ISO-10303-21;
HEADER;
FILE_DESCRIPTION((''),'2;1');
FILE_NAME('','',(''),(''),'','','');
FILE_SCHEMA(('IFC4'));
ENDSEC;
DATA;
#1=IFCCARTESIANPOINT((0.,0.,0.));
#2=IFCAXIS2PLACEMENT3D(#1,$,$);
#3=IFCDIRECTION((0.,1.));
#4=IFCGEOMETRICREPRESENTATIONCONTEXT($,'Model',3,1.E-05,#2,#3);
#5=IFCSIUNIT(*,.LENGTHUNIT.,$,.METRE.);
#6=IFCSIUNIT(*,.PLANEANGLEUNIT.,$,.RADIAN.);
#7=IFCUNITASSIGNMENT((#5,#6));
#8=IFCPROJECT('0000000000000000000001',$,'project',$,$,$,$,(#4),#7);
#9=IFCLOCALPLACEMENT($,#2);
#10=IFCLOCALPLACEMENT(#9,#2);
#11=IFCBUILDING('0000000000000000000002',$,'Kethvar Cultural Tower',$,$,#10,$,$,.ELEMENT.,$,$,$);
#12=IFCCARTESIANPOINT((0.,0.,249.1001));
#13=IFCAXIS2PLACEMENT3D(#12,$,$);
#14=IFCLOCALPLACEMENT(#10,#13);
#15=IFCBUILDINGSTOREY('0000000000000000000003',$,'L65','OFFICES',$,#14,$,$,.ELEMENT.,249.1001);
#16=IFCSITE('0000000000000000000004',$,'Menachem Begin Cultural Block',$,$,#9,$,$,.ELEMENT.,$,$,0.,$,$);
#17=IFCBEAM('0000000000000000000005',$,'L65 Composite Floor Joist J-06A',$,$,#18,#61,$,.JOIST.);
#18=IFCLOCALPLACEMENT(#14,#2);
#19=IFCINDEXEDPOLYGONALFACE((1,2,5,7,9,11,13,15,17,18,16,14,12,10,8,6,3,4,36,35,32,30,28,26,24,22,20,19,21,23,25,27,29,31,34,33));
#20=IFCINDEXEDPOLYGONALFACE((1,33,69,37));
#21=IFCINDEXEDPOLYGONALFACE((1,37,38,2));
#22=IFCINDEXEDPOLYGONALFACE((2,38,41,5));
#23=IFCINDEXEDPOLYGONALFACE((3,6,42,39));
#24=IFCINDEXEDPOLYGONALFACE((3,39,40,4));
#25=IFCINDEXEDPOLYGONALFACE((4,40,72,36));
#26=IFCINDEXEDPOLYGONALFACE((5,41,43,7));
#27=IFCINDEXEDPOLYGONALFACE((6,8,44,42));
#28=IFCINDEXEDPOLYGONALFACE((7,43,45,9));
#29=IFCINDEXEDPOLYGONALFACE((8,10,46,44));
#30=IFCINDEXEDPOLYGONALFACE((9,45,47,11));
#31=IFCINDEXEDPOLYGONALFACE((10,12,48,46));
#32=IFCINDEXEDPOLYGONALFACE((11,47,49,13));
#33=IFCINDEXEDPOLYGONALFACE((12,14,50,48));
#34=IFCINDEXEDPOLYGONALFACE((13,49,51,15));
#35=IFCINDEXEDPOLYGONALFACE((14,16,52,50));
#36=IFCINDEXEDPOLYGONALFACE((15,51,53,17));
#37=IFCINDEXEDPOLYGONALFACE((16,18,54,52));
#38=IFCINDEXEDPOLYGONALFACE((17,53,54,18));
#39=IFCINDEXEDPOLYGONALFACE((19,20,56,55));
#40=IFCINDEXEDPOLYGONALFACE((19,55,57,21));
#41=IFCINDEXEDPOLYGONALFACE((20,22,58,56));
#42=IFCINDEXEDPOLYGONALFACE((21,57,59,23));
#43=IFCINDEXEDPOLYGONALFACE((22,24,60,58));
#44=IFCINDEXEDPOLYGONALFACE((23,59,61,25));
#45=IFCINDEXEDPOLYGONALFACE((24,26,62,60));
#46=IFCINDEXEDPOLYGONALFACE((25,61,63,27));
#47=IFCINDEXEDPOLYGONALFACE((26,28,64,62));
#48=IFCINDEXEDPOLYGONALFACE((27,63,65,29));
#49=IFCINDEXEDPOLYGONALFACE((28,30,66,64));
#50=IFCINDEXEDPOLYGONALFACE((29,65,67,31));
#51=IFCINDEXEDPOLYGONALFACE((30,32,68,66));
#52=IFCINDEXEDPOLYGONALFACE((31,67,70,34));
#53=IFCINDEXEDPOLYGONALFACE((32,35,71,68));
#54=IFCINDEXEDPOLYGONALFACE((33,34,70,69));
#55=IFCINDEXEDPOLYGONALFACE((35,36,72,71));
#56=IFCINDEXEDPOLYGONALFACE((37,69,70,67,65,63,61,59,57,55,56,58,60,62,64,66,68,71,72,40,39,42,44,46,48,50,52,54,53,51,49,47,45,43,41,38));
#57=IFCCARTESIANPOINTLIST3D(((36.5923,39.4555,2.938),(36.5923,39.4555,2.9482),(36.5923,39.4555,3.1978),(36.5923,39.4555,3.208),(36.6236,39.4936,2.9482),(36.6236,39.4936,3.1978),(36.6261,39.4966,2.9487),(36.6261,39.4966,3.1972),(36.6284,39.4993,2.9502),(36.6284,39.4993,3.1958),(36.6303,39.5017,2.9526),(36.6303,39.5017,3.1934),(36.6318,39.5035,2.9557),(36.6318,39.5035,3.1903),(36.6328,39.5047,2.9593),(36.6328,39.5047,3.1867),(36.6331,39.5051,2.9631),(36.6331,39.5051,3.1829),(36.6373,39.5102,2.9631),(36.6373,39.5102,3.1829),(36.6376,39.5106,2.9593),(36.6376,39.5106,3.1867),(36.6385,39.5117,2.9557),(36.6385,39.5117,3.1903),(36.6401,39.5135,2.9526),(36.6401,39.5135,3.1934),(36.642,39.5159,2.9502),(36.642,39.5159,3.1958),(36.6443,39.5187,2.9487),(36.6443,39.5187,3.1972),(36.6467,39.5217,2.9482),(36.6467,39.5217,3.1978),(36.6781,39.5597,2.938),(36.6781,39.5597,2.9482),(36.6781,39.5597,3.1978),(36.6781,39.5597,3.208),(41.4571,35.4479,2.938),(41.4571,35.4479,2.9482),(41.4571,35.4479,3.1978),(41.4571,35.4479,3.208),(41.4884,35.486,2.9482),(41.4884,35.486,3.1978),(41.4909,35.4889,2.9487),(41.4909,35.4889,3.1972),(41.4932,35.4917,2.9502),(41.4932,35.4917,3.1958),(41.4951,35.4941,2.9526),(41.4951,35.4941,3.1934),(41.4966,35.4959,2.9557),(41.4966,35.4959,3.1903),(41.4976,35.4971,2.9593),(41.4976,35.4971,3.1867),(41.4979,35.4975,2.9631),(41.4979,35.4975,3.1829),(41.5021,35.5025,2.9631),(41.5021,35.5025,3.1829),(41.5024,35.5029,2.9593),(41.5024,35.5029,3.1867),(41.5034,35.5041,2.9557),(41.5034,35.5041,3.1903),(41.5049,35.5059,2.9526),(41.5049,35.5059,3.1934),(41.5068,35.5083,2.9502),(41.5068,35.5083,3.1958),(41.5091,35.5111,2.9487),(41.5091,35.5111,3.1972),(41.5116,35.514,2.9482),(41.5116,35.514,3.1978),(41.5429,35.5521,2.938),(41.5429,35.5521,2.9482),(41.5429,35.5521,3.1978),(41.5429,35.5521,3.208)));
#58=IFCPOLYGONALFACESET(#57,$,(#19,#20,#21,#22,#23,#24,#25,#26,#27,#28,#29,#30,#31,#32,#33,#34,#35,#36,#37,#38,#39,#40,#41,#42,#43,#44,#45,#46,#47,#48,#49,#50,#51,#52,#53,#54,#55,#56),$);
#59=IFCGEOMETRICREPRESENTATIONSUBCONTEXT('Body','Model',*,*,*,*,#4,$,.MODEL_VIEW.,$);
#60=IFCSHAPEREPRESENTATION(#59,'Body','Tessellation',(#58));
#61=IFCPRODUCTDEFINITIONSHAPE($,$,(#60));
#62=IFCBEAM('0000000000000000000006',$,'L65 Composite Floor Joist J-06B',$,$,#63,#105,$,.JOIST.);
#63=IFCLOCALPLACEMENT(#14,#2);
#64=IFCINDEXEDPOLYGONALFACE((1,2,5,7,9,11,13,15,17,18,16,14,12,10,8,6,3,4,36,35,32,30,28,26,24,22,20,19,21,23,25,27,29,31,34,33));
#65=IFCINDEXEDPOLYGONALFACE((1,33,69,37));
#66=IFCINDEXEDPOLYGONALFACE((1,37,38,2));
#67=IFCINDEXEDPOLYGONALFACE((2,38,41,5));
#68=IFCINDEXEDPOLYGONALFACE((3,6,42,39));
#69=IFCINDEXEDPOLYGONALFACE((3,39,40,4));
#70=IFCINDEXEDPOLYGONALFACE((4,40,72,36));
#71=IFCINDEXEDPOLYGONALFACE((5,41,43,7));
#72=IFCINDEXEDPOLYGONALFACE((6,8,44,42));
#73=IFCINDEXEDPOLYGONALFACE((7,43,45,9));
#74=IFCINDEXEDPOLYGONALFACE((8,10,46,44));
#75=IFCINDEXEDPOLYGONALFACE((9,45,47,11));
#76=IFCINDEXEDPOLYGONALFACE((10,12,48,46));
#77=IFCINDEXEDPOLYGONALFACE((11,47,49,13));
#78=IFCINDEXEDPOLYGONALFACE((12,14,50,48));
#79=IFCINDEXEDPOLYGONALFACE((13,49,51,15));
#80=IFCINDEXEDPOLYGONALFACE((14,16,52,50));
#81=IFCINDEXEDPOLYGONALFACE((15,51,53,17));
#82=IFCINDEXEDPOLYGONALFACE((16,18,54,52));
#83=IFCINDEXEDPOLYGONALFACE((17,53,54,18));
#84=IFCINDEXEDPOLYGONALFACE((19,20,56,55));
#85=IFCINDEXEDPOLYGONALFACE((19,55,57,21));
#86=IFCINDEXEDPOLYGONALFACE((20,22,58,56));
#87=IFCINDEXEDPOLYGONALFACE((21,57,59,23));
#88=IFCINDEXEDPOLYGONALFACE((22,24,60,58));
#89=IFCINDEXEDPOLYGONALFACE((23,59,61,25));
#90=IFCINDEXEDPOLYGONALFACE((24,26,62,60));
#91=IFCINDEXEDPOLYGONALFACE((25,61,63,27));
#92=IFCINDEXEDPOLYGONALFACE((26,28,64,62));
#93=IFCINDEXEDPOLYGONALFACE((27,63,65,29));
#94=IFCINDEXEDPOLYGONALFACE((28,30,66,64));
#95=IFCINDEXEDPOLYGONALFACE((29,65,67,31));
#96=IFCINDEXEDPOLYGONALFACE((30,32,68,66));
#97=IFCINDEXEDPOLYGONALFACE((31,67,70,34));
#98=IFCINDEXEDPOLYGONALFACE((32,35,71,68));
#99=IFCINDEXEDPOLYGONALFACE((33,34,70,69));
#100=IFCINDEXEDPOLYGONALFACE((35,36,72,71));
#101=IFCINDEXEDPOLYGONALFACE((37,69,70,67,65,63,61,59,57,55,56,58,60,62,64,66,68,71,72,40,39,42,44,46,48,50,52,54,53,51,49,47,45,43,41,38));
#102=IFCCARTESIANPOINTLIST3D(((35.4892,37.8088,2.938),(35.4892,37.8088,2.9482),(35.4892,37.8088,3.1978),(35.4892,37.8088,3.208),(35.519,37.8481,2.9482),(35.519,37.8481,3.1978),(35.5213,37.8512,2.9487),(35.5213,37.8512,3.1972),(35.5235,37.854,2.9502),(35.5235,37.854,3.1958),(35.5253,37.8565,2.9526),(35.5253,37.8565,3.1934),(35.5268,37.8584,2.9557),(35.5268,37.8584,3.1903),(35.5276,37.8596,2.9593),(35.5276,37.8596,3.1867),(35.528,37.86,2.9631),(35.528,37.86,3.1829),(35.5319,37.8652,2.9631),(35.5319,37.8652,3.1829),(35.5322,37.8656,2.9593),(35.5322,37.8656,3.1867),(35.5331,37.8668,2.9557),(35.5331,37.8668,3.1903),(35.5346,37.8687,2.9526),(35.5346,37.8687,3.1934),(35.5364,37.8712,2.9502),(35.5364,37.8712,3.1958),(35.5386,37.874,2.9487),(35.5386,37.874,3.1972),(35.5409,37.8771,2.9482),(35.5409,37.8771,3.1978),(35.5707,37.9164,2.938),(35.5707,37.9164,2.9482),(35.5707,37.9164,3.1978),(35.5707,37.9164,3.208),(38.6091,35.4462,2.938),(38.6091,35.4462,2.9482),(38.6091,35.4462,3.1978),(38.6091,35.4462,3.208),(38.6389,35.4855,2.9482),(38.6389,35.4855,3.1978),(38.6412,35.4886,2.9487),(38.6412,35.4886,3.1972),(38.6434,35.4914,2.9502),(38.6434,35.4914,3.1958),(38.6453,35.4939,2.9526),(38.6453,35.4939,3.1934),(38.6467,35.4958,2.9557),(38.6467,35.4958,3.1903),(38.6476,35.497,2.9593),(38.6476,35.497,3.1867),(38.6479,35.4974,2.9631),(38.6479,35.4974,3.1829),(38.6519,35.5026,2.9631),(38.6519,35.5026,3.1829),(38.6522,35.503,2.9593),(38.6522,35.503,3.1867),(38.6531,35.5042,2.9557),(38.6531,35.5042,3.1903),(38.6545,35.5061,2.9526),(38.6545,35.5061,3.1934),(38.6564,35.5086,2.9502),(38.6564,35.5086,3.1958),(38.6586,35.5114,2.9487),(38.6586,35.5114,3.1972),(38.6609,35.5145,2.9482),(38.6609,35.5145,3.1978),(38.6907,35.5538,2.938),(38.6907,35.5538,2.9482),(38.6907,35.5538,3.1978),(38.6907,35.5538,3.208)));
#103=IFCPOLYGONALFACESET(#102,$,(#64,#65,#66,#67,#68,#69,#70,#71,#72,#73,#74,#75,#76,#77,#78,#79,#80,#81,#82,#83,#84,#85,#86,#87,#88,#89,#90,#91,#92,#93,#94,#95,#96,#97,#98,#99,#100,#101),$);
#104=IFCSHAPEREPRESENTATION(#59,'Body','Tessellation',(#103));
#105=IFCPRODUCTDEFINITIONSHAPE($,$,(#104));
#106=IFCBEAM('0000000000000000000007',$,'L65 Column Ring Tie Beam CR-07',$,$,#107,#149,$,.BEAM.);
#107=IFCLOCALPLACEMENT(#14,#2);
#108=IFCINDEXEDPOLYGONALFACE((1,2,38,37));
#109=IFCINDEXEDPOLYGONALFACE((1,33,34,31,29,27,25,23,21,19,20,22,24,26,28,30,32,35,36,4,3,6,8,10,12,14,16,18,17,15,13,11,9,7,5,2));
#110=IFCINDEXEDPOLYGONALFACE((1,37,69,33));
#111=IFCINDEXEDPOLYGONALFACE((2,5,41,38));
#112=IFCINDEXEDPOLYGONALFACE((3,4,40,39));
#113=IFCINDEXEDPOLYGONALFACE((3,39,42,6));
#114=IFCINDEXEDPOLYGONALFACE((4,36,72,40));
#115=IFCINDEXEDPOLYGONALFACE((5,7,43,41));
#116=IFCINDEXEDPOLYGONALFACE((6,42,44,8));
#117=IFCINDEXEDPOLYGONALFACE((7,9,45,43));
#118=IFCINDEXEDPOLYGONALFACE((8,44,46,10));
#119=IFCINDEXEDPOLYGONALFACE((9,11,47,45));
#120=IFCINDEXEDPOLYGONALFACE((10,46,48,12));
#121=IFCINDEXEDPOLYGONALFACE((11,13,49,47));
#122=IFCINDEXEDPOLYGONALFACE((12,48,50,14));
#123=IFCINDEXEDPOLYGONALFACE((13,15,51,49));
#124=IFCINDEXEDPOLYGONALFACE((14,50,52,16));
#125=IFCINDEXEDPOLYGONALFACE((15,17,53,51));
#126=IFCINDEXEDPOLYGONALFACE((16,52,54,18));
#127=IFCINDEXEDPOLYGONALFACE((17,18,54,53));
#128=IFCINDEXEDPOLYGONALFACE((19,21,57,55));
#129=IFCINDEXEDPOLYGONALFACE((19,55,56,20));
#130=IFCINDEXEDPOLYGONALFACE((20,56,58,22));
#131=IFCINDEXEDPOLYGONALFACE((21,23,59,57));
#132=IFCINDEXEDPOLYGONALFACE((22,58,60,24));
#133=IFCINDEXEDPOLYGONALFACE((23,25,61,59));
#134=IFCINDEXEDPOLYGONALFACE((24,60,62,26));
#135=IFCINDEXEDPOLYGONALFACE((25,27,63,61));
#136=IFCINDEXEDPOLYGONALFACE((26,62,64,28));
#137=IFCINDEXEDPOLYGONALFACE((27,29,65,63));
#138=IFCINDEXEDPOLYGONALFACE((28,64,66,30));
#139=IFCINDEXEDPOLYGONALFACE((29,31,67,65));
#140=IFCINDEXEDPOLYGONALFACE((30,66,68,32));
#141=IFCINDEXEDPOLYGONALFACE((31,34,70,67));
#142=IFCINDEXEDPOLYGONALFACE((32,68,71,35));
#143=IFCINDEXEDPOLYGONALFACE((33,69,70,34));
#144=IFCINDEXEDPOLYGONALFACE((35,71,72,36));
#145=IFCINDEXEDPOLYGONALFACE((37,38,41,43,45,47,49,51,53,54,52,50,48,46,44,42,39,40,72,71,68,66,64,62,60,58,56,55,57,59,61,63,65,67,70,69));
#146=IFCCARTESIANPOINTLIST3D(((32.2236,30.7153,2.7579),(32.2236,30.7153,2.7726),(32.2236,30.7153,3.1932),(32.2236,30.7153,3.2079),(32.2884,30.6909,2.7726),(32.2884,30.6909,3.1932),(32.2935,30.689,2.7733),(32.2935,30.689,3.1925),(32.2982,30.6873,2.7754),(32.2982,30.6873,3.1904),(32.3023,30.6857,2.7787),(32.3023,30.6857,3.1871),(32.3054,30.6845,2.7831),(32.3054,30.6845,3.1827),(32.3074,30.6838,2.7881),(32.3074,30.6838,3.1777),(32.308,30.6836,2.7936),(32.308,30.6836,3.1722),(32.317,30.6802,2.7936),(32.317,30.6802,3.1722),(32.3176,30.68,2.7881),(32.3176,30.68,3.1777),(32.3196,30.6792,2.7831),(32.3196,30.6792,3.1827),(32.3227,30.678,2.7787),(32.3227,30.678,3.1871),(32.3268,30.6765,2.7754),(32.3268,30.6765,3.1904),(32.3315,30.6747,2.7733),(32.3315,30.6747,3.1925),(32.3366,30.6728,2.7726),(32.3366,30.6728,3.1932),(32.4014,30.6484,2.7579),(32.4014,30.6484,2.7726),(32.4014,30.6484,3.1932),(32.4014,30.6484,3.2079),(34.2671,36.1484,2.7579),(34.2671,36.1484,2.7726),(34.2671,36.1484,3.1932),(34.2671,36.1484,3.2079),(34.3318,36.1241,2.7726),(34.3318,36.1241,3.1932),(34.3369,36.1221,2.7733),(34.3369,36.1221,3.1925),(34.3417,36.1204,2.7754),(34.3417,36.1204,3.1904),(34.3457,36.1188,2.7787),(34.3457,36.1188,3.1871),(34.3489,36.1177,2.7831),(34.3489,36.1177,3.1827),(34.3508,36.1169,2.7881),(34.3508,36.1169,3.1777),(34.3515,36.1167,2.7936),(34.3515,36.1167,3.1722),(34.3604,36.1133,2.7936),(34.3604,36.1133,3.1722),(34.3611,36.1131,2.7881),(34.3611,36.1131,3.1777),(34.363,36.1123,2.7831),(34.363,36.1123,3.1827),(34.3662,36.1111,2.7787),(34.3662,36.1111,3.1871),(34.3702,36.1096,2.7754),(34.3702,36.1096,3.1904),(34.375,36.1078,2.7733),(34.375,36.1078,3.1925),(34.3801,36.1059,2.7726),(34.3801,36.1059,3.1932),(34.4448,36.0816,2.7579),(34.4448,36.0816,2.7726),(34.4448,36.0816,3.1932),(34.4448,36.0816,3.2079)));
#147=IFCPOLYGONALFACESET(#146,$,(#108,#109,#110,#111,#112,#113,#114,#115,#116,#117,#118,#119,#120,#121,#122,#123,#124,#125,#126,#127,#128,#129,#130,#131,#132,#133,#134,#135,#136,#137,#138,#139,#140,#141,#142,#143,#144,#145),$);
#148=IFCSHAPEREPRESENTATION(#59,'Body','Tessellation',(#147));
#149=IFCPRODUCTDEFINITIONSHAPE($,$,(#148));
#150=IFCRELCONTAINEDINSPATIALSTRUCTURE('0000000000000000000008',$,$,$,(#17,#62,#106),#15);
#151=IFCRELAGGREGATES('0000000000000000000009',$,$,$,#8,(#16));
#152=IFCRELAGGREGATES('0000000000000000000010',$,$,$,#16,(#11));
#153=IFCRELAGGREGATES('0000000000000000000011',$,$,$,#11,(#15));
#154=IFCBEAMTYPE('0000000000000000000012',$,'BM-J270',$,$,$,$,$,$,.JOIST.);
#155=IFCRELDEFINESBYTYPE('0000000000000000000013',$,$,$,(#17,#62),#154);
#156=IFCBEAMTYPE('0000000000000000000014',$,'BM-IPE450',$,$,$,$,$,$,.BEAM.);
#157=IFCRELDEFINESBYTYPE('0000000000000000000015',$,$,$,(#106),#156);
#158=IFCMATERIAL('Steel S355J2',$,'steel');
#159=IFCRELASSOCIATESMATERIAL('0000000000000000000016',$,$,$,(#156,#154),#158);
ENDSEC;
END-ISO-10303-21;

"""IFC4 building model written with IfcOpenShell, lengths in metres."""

from ifc_helpers import new_model, si_unit, direction, frame, origin, origin_2d, place, context, subcontext, project, spatial, i_section, extrude, source, transform, mapped, material, material_profile, profile_set, type_object, element, save


model = new_model("IFC4")

# Units and contexts
model_context = context("Model", 3, precision=1e-05, world=origin(), true_north=direction((0.0, 1.0)))
body_context = subcontext(model_context, "Body", "Model", "MODEL_VIEW")
ifc_project = project(units=[si_unit("LENGTHUNIT", "METRE"), si_unit("PLANEANGLEUNIT", "RADIAN")], contexts=[model_context])

# Site, building, storey
site_placement = place(None, origin())
site = spatial("IfcSite", under=ifc_project, at=site_placement, Name="Menachem Begin Cultural Block", CompositionType="ELEMENT", RefElevation=0.0)
building_placement = place(site_placement, origin())
building = spatial("IfcBuilding", under=site, at=building_placement, Name="Kethvar Cultural Tower", CompositionType="ELEMENT")
storey_placement = place(building_placement, frame((0.0, 0.0, 249.1001)))
storey = spatial("IfcBuildingStorey", under=building, at=storey_placement, Name="L65", Description="OFFICES", CompositionType="ELEMENT", Elevation=249.1001)

# Beams
ifc_material_1 = material(Name="Steel S355J2", Category="steel")
ifc_material_profile_1 = material_profile(ifc_material_1, i_section(OverallWidth=0.1899, OverallDepth=0.45, WebThickness=0.0095, FlangeThickness=0.0146, FilletRadius=0.021, at=origin_2d()), Name="Steel S355J2 — IPE450")
ifc_profile_set_1 = profile_set([ifc_material_profile_1], Name="Steel S355J2 — IPE450")
beam_type_1 = type_object("IfcBeamType", Name="BM-IPE450", PredefinedType="BEAM", material=ifc_profile_set_1)
ifc_material_profile_2 = material_profile(ifc_material_1, i_section(OverallWidth=0.135, OverallDepth=0.27, WebThickness=0.0066, FlangeThickness=0.0103, FilletRadius=0.0149, at=origin_2d()), Name="Steel S355J2 — IPE270")
ifc_profile_set_2 = profile_set([ifc_material_profile_2], Name="Steel S355J2 — IPE270")
beam_type_2 = type_object("IfcBeamType", Name="BM-J270", PredefinedType="JOIST", material=ifc_profile_set_2)
shared_shape_1 = source(origin(), body_context, "Body", "SweptSolid", [
    extrude(i_section(OverallWidth=0.135, OverallDepth=0.27, WebThickness=0.0066, FlangeThickness=0.0103, FilletRadius=0.0149, at=origin_2d()), origin(), (0.0, 0.0, 1.0), 6.303),
])
beam_1_placement = place(storey_placement, frame((41.5, 35.5, 3.073), z_axis=(-0.771828, 0.635831, 0.0), x_axis=(-0.635831, -0.771828, 0.0)))
element("IfcBeam", 1, at=beam_1_placement, inside=storey, type_object=beam_type_2, Name="L65 Composite Floor Joist J-06A", PredefinedType="JOIST", context=body_context, shape_type="MappedRepresentation", body=[
    mapped(shared_shape_1, transform((0.0, 0.0, 0.0), scale=1.0)),
])
shared_shape_2 = source(origin(), body_context, "Body", "SweptSolid", [
    extrude(i_section(OverallWidth=0.135, OverallDepth=0.27, WebThickness=0.0066, FlangeThickness=0.0103, FilletRadius=0.0149, at=origin_2d()), origin(), (0.0, 0.0, 1.0), 3.9136),
])
beam_2_placement = place(storey_placement, frame((38.6499, 35.5, 3.073), z_axis=(-0.797214, 0.603697, 0.0), x_axis=(-0.603697, -0.797214, 0.0)))
element("IfcBeam", 2, at=beam_2_placement, inside=storey, type_object=beam_type_2, Name="L65 Composite Floor Joist J-06B", PredefinedType="JOIST", context=body_context, shape_type="MappedRepresentation", body=[
    mapped(shared_shape_2, transform((0.0, 0.0, 0.0), scale=1.0)),
])
shared_shape_3 = source(origin(), body_context, "Body", "SweptSolid", [
    extrude(i_section(OverallWidth=0.1899, OverallDepth=0.45, WebThickness=0.0095, FlangeThickness=0.0146, FilletRadius=0.021, at=origin_2d()), origin(), (0.0, 0.0, 1.0), 5.8047),
])
beam_3_placement = place(storey_placement, frame((34.356, 36.115, 2.9829), z_axis=(-0.352036, -0.935986, 0.0), x_axis=(0.935986, -0.352036, 0.0)))
element("IfcBeam", 3, at=beam_3_placement, inside=storey, type_object=beam_type_1, Name="L65 Column Ring Tie Beam CR-07", PredefinedType="BEAM", context=body_context, shape_type="MappedRepresentation", body=[
    mapped(shared_shape_3, transform((0.0, 0.0, 0.0), scale=1.0)),
])

save(model, "model.ifc")
